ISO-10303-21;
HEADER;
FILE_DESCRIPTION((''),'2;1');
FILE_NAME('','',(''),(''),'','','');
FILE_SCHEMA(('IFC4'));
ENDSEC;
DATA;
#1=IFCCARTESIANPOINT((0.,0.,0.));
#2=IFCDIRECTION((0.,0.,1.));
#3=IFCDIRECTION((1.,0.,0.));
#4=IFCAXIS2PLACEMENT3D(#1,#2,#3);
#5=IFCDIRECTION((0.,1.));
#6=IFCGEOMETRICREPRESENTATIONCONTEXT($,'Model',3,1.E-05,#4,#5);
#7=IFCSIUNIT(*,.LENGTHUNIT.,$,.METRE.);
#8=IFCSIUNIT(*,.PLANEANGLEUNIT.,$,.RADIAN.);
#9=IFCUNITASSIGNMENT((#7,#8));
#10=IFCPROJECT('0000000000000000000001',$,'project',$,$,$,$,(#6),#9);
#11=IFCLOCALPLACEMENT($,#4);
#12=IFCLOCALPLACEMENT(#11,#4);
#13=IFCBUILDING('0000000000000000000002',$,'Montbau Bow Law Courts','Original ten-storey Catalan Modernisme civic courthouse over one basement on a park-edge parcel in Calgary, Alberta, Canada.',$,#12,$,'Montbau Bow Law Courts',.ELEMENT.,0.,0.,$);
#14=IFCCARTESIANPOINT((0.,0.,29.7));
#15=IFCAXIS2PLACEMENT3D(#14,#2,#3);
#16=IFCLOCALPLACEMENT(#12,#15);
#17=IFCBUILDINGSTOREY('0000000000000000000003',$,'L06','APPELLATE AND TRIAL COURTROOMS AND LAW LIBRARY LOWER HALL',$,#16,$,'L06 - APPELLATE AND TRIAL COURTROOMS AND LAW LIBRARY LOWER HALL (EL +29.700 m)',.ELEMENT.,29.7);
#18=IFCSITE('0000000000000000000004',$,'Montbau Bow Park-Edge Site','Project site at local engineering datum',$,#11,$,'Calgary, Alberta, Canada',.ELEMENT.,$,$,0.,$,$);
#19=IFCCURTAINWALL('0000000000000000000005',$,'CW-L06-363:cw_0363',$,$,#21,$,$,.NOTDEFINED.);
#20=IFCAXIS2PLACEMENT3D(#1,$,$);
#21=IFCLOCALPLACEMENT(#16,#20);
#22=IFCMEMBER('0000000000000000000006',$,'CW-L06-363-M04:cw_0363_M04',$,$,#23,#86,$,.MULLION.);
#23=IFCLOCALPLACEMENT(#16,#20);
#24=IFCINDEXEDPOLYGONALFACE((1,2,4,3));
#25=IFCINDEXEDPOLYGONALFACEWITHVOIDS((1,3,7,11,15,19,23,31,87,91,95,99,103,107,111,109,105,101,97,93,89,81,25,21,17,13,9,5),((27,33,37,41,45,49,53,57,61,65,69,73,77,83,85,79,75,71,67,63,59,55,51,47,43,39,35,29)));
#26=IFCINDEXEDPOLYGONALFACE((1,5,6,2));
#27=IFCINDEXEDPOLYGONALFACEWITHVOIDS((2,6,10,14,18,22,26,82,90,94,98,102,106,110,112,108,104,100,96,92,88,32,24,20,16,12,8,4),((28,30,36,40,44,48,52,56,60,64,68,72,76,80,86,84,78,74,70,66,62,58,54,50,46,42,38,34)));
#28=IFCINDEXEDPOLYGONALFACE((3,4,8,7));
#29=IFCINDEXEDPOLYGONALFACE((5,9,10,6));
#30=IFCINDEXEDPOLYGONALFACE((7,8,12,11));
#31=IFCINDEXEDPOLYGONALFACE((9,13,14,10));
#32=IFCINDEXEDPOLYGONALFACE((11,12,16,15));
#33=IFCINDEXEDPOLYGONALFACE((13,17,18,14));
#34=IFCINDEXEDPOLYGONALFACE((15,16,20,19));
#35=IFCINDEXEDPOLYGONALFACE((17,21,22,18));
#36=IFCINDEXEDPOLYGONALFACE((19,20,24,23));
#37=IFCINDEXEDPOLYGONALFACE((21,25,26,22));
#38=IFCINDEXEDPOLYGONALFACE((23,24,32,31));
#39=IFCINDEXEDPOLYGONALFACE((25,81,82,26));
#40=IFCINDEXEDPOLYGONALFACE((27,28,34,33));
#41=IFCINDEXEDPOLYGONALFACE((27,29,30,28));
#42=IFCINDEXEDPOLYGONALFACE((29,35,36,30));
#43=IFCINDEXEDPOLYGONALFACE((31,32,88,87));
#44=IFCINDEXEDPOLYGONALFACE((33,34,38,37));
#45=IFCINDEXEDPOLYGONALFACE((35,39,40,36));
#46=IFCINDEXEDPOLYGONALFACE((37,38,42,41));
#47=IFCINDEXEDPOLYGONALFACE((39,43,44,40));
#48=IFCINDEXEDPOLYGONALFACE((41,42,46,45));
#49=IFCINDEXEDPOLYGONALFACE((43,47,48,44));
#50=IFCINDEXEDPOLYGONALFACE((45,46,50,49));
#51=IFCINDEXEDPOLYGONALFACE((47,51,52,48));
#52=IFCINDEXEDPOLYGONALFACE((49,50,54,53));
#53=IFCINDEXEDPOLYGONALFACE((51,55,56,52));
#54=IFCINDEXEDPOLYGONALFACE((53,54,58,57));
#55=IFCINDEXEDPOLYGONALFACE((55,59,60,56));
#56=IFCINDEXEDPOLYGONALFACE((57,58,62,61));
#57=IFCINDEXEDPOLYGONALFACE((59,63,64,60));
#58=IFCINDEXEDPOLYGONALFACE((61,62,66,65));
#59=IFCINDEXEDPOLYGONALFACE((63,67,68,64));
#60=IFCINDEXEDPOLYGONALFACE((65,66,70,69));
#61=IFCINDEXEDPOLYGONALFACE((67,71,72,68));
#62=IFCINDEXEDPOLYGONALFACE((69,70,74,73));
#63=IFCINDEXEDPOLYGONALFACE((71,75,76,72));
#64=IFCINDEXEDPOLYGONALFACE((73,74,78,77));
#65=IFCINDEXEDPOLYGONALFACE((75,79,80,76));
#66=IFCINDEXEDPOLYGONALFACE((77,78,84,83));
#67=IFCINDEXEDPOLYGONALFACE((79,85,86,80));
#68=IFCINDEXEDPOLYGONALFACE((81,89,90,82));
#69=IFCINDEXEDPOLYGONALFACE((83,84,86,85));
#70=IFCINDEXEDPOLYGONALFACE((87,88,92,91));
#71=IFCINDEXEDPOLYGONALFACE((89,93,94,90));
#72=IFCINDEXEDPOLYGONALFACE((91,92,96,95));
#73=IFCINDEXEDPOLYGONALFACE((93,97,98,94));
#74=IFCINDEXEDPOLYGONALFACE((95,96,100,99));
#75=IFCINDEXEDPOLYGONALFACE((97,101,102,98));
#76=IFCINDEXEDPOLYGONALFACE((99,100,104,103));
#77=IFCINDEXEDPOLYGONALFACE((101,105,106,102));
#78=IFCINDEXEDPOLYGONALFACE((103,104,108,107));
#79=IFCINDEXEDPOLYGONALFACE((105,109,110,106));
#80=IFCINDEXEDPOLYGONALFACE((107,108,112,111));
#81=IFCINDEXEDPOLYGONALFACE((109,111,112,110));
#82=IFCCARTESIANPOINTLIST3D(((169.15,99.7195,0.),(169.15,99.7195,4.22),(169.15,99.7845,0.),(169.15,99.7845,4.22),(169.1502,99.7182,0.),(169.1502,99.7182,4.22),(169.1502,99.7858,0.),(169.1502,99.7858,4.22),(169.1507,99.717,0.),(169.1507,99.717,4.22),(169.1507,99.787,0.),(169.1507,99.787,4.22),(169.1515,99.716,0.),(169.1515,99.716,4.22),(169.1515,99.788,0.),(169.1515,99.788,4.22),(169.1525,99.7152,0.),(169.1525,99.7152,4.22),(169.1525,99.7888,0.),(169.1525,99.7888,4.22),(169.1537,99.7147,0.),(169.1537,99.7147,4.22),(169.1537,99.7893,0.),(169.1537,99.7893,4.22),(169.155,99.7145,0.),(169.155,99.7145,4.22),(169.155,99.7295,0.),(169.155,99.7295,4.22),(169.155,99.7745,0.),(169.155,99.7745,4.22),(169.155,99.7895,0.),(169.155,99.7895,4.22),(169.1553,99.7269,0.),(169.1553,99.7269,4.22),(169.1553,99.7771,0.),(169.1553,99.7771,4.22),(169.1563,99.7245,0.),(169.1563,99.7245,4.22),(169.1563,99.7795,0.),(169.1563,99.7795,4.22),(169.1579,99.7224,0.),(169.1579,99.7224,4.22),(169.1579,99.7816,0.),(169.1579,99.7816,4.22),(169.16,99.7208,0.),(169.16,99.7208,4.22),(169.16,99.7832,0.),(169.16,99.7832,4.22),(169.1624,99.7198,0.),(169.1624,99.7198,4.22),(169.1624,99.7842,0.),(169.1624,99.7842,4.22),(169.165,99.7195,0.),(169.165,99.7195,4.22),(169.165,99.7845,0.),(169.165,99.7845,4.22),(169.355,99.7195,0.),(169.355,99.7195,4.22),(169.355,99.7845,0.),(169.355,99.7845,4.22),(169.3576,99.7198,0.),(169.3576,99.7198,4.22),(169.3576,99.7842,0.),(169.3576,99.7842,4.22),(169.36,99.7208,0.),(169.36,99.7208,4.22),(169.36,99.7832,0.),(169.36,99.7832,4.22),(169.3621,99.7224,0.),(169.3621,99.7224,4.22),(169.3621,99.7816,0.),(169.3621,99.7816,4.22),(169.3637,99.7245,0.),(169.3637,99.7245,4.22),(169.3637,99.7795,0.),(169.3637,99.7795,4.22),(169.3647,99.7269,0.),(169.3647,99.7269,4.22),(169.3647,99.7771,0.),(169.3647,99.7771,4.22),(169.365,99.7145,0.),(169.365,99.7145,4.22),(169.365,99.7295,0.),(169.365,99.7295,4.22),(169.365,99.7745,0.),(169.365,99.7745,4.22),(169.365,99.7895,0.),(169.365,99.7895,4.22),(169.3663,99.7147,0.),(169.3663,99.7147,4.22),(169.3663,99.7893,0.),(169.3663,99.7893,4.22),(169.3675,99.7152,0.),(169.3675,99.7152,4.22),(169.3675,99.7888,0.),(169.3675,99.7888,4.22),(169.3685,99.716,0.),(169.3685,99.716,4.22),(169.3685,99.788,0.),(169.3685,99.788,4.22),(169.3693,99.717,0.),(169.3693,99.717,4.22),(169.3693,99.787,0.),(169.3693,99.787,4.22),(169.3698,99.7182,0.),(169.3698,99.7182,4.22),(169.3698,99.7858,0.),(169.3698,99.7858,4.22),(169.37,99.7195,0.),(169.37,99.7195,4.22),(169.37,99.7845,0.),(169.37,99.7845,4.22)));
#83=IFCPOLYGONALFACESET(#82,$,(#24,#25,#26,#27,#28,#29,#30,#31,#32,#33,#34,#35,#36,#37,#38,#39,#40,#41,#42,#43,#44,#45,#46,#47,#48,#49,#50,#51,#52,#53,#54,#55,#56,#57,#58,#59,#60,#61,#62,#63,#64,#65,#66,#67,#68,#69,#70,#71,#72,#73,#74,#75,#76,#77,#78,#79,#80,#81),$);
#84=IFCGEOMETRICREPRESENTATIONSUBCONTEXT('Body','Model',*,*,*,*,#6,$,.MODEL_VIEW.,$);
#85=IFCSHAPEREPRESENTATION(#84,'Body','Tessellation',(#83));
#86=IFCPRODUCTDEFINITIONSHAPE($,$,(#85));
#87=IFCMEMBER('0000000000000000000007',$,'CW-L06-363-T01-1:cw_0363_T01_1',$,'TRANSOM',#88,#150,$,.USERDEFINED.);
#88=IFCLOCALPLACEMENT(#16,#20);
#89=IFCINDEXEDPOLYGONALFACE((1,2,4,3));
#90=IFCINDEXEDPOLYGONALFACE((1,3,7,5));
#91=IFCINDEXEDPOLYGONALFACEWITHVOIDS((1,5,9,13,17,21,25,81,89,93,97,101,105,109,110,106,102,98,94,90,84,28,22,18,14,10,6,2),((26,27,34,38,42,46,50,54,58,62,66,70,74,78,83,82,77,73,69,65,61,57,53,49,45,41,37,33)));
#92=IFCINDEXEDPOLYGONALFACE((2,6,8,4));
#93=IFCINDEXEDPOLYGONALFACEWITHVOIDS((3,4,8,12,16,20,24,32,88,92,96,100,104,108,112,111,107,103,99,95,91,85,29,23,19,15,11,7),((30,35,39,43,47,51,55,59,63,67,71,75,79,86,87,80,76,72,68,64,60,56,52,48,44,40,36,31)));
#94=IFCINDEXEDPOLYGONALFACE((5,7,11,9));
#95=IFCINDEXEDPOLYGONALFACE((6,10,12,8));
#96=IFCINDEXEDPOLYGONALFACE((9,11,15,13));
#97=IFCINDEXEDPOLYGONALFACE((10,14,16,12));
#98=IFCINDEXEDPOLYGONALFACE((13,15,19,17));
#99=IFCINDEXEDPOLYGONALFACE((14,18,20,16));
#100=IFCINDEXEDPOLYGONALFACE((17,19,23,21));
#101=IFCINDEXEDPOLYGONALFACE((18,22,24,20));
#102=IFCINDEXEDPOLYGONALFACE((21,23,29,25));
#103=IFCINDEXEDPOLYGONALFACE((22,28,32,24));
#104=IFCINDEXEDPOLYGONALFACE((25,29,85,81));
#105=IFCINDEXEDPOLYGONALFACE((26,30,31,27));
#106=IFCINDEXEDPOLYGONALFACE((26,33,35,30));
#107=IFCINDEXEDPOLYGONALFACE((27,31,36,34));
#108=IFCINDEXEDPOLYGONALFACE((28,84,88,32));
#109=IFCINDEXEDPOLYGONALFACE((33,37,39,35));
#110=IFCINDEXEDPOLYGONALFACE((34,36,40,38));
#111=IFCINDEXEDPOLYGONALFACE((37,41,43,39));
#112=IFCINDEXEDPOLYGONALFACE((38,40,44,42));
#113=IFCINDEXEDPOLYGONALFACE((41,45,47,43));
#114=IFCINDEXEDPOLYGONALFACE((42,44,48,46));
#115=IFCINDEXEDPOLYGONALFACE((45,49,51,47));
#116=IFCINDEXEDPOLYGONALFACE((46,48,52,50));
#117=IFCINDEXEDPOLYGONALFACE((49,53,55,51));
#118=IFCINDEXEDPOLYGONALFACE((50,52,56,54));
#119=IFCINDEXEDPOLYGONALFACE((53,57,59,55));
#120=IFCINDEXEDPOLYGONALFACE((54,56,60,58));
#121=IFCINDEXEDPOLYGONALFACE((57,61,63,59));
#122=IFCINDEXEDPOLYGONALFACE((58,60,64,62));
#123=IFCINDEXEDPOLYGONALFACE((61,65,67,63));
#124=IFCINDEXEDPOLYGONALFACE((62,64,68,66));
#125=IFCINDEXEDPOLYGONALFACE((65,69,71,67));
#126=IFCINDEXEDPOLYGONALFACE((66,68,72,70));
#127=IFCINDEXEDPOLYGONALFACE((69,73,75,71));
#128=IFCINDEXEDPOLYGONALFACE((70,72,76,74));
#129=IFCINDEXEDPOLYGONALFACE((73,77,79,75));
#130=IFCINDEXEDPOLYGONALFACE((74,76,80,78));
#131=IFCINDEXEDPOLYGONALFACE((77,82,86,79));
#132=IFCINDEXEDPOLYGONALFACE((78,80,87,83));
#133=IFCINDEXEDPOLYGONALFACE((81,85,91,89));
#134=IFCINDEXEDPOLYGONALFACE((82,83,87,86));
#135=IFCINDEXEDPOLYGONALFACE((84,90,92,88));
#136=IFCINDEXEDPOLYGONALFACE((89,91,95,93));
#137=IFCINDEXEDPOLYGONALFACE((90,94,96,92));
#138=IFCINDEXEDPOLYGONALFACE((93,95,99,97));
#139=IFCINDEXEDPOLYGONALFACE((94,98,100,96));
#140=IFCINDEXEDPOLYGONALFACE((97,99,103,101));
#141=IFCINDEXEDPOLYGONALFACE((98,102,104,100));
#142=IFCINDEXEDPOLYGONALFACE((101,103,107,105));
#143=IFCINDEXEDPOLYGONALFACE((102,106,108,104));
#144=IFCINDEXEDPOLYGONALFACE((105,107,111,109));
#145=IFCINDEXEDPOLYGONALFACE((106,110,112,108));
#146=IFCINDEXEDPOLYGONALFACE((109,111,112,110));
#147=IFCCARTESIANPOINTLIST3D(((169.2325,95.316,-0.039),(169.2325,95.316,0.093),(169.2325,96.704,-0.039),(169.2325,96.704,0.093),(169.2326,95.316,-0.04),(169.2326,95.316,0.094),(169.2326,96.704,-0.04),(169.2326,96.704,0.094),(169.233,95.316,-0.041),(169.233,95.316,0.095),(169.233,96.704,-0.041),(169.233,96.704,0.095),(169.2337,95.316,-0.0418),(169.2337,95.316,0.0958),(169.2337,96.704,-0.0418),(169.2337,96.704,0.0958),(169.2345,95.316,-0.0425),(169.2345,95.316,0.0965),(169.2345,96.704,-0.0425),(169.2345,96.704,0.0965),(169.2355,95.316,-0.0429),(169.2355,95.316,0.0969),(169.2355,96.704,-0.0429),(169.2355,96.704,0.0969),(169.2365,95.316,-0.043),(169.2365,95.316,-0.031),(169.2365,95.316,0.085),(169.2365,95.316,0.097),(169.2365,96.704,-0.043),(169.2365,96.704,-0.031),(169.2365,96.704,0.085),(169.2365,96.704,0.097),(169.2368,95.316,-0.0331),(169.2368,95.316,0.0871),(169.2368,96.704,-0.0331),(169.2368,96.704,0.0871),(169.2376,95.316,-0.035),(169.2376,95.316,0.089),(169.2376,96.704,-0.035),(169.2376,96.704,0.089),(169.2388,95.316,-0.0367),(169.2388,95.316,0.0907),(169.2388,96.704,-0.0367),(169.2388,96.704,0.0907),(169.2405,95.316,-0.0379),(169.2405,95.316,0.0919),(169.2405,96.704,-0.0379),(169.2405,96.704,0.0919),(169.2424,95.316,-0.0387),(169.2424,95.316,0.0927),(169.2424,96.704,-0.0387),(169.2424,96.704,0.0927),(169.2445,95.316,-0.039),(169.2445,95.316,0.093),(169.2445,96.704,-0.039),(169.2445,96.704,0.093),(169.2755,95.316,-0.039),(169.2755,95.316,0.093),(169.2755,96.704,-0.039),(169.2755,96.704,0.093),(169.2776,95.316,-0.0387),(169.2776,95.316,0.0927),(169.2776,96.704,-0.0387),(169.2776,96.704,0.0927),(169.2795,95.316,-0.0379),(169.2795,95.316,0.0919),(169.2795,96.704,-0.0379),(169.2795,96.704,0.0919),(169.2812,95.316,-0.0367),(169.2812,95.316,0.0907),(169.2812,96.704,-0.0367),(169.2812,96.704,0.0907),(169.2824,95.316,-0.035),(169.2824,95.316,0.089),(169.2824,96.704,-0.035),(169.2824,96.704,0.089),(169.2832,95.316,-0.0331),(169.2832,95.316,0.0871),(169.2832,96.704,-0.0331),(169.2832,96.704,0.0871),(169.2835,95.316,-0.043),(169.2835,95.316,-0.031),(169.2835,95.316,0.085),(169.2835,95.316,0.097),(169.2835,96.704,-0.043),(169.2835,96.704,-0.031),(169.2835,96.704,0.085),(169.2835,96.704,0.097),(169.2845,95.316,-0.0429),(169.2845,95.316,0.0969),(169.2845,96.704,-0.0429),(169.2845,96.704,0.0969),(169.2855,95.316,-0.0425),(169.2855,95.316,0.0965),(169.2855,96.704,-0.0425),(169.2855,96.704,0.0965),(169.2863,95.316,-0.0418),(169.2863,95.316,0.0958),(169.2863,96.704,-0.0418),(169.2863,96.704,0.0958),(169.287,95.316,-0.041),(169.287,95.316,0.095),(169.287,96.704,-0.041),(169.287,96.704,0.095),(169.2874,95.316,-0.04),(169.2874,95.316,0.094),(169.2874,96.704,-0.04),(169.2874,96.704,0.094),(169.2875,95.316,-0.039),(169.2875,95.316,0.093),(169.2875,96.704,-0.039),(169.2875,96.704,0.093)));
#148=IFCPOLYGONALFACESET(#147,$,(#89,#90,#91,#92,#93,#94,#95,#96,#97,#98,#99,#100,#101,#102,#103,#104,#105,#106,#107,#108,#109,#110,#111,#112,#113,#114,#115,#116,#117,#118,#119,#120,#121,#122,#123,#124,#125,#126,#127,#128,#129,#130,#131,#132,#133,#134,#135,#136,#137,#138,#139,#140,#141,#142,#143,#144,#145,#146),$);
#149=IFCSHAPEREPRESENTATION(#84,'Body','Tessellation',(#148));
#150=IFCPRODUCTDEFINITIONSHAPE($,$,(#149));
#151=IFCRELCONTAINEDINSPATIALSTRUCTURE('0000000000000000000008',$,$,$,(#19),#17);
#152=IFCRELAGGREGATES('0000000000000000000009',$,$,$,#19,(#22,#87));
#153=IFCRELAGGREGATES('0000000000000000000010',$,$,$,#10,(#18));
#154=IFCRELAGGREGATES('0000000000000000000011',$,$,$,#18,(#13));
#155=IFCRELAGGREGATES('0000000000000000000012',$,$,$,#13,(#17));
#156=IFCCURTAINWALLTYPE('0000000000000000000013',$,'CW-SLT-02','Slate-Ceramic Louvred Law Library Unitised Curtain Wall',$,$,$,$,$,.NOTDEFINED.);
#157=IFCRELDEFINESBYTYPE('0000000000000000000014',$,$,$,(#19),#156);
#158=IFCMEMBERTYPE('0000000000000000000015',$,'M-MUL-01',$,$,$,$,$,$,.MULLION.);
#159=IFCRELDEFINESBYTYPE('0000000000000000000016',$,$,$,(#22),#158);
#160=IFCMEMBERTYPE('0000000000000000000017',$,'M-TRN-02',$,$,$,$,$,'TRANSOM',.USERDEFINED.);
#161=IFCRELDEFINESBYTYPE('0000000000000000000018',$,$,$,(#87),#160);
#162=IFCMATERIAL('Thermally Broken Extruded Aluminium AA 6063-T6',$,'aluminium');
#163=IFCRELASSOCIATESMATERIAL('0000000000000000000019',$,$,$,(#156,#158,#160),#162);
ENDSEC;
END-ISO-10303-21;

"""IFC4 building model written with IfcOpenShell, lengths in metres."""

from ifc_helpers import new_model, si_unit, direction, frame, origin_with_axes, origin_2d_with_axis, place, context, subcontext, project, spatial, hollow_rectangle, extrude, material, material_profile, profile_set, type_object, element, aggregate, save


model = new_model("IFC4")

# Units and contexts
model_context = context("Model", 3, precision=1e-05, world=origin_with_axes(), true_north=direction((0.0, 1.0)))
body_context = subcontext(model_context, "Body", "Model", "MODEL_VIEW")
ifc_project = project(units=[si_unit("LENGTHUNIT", "METRE"), si_unit("PLANEANGLEUNIT", "RADIAN")], contexts=[model_context])

# Site, building, storey
site_placement = place(None, origin_with_axes())
site = spatial("IfcSite", under=ifc_project, at=site_placement, Name="Montbau Bow Park-Edge Site", Description="Project site at local engineering datum", LongName="Calgary, Alberta, Canada", CompositionType="ELEMENT", RefElevation=0.0)
building_placement = place(site_placement, origin_with_axes())
building = spatial("IfcBuilding", under=site, at=building_placement, Name="Montbau Bow Law Courts", Description="Original ten-storey Catalan Modernisme civic courthouse over one basement on a park-edge parcel in Calgary, Alberta, Canada.", LongName="Montbau Bow Law Courts", CompositionType="ELEMENT", ElevationOfRefHeight=0.0, ElevationOfTerrain=0.0)
storey_placement = place(building_placement, frame((0.0, 0.0, 29.7), z_axis=(0.0, 0.0, 1.0), x_axis=(1.0, 0.0, 0.0)))
storey = spatial("IfcBuildingStorey", under=building, at=storey_placement, Name="L06", Description="APPELLATE AND TRIAL COURTROOMS AND LAW LIBRARY LOWER HALL", LongName="L06 - APPELLATE AND TRIAL COURTROOMS AND LAW LIBRARY LOWER HALL (EL +29.700 m)", CompositionType="ELEMENT", Elevation=29.7)

# Curtain wall, members
ifc_material_1 = material(Name="Thermally Broken Extruded Aluminium AA 6063-T6", Category="aluminium")
curtain_wall_type = type_object("IfcCurtainWallType", Name="CW-SLT-02", Description="Slate-Ceramic Louvred Law Library Unitised Curtain Wall", PredefinedType="NOTDEFINED", material=ifc_material_1)
curtain_wall_placement = place(None, frame((169.26, 95.24, 29.7), z_axis=(0.0, 0.0, 1.0), x_axis=(1.0, 0.0, 0.0)))
curtain_wall = element("IfcCurtainWall", 1, at=curtain_wall_placement, inside=storey, type_object=curtain_wall_type, Name="CW-L06-363:cw_0363", PredefinedType="NOTDEFINED")
ifc_material_profile_1 = material_profile(ifc_material_1, hollow_rectangle(XDim=0.075, YDim=0.22, WallThickness=0.005, InnerFilletRadius=0.01, OuterFilletRadius=0.005, at=origin_2d_with_axis()), Name="CWM-220X75", Category="Main", Priority=0)
ifc_profile_set_1 = profile_set([ifc_material_profile_1], Name="Thermally Broken Extruded Aluminium AA 6063-T6")
member_type_1 = type_object("IfcMemberType", Name="M-MUL-01", PredefinedType="MULLION", material=ifc_profile_set_1)
member_1_placement = place(None, frame((169.26, 99.752, 29.7), z_axis=(0.0, 0.0, 1.0), x_axis=(0.0, 1.0, 0.0)))
member_1 = element("IfcMember", 2, at=member_1_placement, type_object=member_type_1, Name="CW-L06-363-M04:cw_0363_M04", PredefinedType="MULLION", context=body_context, shape_type="SweptSolid", body=[
    extrude(hollow_rectangle(XDim=0.075, YDim=0.22, WallThickness=0.005, InnerFilletRadius=0.01, OuterFilletRadius=0.005, at=origin_2d_with_axis()), origin_with_axes(), (0.0, 0.0, 1.0), 4.22),
])
ifc_material_profile_2 = material_profile(ifc_material_1, hollow_rectangle(XDim=0.055, YDim=0.14, WallThickness=0.004, InnerFilletRadius=0.008, OuterFilletRadius=0.004, at=origin_2d_with_axis()), Name="CWT-140X55", Category="Main", Priority=0)
ifc_profile_set_2 = profile_set([ifc_material_profile_2], Name="Thermally Broken Extruded Aluminium AA 6063-T6")
member_type_2 = type_object("IfcMemberType", Name="M-TRN-02", ElementType="TRANSOM", PredefinedType="USERDEFINED", material=ifc_profile_set_2)
member_2_placement = place(None, frame((169.26, 95.316, 29.727), z_axis=(0.0, 1.0, 0.0), x_axis=(-1.0, 0.0, 0.0)))
member_2 = element("IfcMember", 3, at=member_2_placement, type_object=member_type_2, Name="CW-L06-363-T01-1:cw_0363_T01_1", ObjectType="TRANSOM", PredefinedType="USERDEFINED", context=body_context, shape_type="SweptSolid", body=[
    extrude(hollow_rectangle(XDim=0.055, YDim=0.14, WallThickness=0.004, InnerFilletRadius=0.008, OuterFilletRadius=0.004, at=origin_2d_with_axis()), origin_with_axes(), (0.0, 0.0, 1.0), 1.388),
])
aggregate(curtain_wall, [member_1, member_2])

save(model, "model.ifc")
